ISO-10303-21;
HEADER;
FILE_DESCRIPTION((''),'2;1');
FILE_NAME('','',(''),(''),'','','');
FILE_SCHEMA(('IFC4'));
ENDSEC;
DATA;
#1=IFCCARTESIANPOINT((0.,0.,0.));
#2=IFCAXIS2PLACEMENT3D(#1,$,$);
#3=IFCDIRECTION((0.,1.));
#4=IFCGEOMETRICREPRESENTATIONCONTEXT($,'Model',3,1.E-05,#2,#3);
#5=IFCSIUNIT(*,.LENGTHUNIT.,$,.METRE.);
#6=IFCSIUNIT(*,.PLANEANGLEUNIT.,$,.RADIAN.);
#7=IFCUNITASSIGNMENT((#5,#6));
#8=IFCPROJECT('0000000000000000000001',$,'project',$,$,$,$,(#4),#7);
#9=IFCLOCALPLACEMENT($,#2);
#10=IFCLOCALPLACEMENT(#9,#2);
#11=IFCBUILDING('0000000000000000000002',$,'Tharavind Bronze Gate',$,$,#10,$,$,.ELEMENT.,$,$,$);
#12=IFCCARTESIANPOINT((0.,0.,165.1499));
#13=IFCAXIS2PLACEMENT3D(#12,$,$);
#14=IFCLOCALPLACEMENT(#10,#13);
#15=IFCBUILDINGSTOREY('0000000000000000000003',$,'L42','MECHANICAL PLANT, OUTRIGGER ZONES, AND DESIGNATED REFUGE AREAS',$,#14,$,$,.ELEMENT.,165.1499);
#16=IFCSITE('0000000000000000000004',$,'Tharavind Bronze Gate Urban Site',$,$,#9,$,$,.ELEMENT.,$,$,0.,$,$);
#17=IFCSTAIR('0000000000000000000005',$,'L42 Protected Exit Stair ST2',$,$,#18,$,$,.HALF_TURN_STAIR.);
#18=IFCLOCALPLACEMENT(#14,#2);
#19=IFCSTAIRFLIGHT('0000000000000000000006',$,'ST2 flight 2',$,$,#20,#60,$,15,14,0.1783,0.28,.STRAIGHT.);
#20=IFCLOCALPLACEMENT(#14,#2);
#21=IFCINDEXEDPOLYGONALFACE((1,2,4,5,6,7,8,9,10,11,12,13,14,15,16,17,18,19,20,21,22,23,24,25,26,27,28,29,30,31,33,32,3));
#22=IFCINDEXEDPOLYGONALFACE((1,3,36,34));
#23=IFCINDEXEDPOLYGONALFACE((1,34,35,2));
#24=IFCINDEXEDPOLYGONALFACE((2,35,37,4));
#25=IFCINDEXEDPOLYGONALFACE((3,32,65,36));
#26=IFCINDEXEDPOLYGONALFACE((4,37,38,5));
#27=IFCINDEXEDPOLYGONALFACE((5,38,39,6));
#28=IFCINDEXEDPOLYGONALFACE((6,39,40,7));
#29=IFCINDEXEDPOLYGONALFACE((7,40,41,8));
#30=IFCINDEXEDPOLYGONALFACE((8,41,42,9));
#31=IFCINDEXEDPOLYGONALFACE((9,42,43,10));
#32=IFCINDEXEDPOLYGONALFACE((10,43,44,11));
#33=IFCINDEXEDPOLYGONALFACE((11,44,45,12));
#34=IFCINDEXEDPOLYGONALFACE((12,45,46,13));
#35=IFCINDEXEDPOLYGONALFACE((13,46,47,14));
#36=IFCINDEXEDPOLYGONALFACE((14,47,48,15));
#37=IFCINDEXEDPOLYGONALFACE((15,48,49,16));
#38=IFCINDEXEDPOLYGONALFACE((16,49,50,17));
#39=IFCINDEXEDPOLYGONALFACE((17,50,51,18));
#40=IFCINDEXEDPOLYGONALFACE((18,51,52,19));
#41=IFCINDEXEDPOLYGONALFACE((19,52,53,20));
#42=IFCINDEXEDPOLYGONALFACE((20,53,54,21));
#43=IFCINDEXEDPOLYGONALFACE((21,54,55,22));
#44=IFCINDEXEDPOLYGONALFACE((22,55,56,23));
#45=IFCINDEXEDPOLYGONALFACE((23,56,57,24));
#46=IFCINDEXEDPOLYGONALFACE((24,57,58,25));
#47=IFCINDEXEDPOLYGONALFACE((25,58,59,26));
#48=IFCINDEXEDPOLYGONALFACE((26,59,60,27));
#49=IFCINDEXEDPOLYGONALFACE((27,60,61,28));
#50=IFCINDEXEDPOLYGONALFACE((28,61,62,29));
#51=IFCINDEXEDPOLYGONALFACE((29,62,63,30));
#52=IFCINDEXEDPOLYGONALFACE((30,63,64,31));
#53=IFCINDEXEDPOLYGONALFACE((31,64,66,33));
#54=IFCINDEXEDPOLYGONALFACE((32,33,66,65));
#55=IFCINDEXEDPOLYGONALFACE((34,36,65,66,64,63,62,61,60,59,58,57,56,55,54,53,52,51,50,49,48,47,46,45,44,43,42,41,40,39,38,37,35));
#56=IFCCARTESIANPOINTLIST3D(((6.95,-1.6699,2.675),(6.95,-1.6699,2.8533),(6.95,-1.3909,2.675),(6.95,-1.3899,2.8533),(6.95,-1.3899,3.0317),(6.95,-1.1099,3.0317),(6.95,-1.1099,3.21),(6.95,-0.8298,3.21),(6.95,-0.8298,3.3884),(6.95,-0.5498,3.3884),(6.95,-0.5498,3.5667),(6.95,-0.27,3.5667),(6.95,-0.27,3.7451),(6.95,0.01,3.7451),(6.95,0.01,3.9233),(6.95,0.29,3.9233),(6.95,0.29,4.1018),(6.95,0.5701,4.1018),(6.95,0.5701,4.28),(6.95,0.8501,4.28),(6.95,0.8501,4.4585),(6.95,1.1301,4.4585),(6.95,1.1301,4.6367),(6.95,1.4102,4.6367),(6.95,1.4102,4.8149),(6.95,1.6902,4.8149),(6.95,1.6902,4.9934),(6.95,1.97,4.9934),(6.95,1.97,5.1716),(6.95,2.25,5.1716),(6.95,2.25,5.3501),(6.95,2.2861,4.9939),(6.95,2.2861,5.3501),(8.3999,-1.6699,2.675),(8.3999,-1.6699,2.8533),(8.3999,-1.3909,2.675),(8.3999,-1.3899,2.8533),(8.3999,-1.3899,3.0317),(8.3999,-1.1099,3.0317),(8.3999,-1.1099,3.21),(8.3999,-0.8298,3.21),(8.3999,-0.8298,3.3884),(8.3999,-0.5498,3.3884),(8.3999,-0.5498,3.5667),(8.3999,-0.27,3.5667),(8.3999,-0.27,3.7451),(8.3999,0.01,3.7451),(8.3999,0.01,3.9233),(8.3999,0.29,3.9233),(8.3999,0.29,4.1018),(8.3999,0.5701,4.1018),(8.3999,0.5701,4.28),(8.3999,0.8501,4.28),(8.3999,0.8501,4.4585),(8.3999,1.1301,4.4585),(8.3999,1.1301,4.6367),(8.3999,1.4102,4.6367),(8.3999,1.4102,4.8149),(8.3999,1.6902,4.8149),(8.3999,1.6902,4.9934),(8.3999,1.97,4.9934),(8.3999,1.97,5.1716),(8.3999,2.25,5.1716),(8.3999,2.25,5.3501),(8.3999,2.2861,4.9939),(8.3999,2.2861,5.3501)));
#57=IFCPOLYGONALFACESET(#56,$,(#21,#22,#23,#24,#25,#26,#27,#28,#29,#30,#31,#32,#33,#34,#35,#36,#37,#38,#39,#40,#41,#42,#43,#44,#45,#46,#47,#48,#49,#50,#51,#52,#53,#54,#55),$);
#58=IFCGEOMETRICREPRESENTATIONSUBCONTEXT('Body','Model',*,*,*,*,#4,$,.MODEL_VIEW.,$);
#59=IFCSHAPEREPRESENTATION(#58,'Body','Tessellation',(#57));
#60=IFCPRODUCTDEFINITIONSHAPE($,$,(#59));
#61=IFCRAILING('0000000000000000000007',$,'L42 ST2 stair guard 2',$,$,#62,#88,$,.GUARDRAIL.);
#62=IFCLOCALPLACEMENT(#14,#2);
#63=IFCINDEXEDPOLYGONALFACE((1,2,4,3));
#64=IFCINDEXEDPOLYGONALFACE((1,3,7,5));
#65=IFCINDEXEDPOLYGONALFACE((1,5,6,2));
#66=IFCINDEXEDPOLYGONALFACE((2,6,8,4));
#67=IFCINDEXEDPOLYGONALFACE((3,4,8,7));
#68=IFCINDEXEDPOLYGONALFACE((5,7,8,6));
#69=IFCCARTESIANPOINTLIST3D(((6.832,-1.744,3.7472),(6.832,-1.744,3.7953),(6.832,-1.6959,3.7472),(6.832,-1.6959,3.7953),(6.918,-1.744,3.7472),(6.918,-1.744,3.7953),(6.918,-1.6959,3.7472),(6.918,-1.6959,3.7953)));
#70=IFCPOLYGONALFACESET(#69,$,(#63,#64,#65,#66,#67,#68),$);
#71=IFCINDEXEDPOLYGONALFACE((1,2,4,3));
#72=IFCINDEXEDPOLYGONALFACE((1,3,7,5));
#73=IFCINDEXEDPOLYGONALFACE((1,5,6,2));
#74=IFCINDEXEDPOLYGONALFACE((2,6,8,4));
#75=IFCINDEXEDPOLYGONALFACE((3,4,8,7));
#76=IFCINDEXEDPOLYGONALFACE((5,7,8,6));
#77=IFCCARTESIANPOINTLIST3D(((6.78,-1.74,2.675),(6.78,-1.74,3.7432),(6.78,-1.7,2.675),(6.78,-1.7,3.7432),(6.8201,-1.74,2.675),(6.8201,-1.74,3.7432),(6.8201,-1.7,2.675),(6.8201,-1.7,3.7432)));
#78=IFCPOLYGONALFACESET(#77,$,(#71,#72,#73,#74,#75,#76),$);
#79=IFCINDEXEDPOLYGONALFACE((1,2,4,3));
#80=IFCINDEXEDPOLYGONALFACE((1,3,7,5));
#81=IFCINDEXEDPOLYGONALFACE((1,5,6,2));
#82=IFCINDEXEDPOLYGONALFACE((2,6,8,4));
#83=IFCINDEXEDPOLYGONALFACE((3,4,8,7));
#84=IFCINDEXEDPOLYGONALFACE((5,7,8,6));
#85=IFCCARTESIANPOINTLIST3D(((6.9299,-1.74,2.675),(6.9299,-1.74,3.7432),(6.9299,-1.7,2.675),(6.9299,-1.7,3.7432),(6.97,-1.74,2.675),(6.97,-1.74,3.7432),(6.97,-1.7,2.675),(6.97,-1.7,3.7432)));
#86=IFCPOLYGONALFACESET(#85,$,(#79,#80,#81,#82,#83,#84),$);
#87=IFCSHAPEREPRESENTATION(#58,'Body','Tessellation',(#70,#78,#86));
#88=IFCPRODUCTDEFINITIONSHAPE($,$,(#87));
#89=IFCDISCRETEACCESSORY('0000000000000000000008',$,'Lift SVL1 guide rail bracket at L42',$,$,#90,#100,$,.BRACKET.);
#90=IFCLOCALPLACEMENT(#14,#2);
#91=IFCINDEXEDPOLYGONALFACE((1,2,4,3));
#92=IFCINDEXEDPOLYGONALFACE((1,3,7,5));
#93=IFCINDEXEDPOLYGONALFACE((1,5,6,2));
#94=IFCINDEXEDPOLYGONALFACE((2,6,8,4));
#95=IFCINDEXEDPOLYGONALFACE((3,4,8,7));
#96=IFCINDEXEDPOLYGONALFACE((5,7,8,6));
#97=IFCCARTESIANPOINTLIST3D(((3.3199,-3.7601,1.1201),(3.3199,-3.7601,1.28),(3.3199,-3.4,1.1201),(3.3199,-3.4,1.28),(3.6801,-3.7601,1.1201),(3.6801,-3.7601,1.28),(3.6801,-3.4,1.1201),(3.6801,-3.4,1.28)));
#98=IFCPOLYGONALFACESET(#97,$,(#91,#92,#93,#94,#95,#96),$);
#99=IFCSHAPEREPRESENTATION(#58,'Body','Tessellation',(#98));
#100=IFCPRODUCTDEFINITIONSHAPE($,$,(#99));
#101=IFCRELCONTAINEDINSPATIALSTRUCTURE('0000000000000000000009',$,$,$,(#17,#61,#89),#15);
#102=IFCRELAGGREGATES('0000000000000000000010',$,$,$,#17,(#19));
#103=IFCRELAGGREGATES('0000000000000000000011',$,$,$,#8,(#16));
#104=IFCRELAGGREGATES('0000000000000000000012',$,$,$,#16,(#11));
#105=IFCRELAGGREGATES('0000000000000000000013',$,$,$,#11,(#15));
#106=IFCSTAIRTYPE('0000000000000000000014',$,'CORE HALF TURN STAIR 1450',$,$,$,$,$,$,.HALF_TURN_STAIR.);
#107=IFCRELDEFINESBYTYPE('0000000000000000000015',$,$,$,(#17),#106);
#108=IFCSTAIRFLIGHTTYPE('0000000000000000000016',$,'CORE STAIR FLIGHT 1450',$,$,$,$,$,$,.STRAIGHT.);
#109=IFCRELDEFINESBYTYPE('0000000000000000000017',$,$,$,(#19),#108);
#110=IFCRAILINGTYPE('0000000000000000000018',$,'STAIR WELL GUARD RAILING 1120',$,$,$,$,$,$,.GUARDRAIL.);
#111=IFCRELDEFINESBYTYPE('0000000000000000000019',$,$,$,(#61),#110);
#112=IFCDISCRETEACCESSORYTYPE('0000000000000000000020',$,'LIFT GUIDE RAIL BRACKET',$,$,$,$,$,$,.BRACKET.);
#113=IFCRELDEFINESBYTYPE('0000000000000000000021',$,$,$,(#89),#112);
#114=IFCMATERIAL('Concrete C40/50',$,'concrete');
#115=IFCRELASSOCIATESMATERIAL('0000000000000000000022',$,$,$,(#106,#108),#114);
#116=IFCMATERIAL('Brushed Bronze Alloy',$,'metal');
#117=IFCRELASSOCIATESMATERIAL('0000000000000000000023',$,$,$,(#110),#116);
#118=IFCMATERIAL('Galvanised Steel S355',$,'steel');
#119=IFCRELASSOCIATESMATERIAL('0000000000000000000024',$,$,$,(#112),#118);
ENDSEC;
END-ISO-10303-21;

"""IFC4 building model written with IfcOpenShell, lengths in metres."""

from ifc_helpers import new_model, si_unit, direction, frame, origin, origin_2d, place, context, subcontext, project, spatial, polyline, rectangle, outline, extrude, material, type_object, element, aggregate, save


model = new_model("IFC4")

# Units and contexts
model_context = context("Model", 3, precision=1e-05, world=origin(), true_north=direction((0.0, 1.0)))
body_context = subcontext(model_context, "Body", "Model", "MODEL_VIEW")
ifc_project = project(units=[si_unit("LENGTHUNIT", "METRE"), si_unit("PLANEANGLEUNIT", "RADIAN")], contexts=[model_context])

# Site, building, storey
site_placement = place(None, origin())
site = spatial("IfcSite", under=ifc_project, at=site_placement, Name="Tharavind Bronze Gate Urban Site", CompositionType="ELEMENT", RefElevation=0.0)
building_placement = place(site_placement, origin())
building = spatial("IfcBuilding", under=site, at=building_placement, Name="Tharavind Bronze Gate", CompositionType="ELEMENT")
storey_placement = place(building_placement, frame((0.0, 0.0, 165.1499)))
storey = spatial("IfcBuildingStorey", under=building, at=storey_placement, Name="L42", Description="MECHANICAL PLANT, OUTRIGGER ZONES, AND DESIGNATED REFUGE AREAS", CompositionType="ELEMENT", Elevation=165.1499)

# Shared definitions
ifc_material_1 = material(Name="Concrete C40/50", Category="concrete")

# Stair, stair flight
stair_type = type_object("IfcStairType", Name="CORE HALF TURN STAIR 1450", PredefinedType="HALF_TURN_STAIR", material=ifc_material_1)
stair_placement = place(storey_placement, origin())
stair = element("IfcStair", 1, at=stair_placement, inside=storey, type_object=stair_type, Name="L42 Protected Exit Stair ST2", PredefinedType="HALF_TURN_STAIR")
stair_flight_type = type_object("IfcStairFlightType", Name="CORE STAIR FLIGHT 1450", PredefinedType="STRAIGHT", material=ifc_material_1)
stair_flight_placement = place(storey_placement, frame((7.675, -1.6699, 2.675), z_axis=(0.0, 0.0, 1.0), x_axis=(0.0, 1.0, 0.0)))
stair_flight = element("IfcStairFlight", 2, at=stair_flight_placement, type_object=stair_flight_type, Name="ST2 flight 2", NumberOfRisers=15, NumberOfTreads=14, PredefinedType="STRAIGHT", RiserHeight=0.1783, TreadLength=0.28, context=body_context, shape_type="SweptSolid", body=[
    extrude(outline(polyline([(0.0, 0.0), (0.0, 0.1782), (0.28, 0.1782), (0.28, 0.3567), (0.5601, 0.3567), (0.5601, 0.5349), (0.8401, 0.5349), (0.8401, 0.7134), (1.1201, 0.7134), (1.1201, 0.8916), (1.3999, 0.8916), (1.3999, 1.0701), (1.6799, 1.0701), (1.6799, 1.2483), (1.96, 1.2483), (1.96, 1.4268), (2.24, 1.4268), (2.24, 1.605), (2.52, 1.605), (2.52, 1.7834), (2.8, 1.7834), (2.8, 1.9617), (3.0801, 1.9617), (3.0801, 2.1399), (3.3601, 2.1399), (3.3601, 2.3184), (3.6399, 2.3184), (3.6399, 2.4966), (3.9199, 2.4966), (3.9199, 2.675), (3.9561, 2.675), (3.9561, 2.3188), (0.2791, 0.0), (0.0, 0.0)])), frame((0.0, 0.7251, 0.0), z_axis=(0.0, -1.0, 0.0), x_axis=(1.0, 0.0, 0.0)), (0.0, 0.0, 1.0), 1.45),
])
aggregate(stair, [stair_flight])

# Railing
ifc_material_2 = material(Name="Brushed Bronze Alloy", Category="metal")
railing_type = type_object("IfcRailingType", Name="STAIR WELL GUARD RAILING 1120", PredefinedType="GUARDRAIL", material=ifc_material_2)
railing_placement = place(storey_placement, frame((6.8, -1.72, 2.675)))
element("IfcRailing", 3, at=railing_placement, inside=storey, type_object=railing_type, Name="L42 ST2 stair guard 2", PredefinedType="GUARDRAIL", context=body_context, shape_type="SweptSolid", body=[
    extrude(rectangle(XDim=0.0481, YDim=0.0481, at=origin_2d()), frame((0.032, 0.0, 1.0962), z_axis=(1.0, 0.0, 0.0), x_axis=(0.0, 1.0, 0.0)), (0.0, 0.0, 1.0), 0.0859),
    extrude(rectangle(XDim=0.04, YDim=0.04, at=origin_2d()), origin(), (0.0, 0.0, 1.0), 1.0681),
    extrude(rectangle(XDim=0.04, YDim=0.04, at=origin_2d()), frame((0.1499, 0.0, 0.0)), (0.0, 0.0, 1.0), 1.0681),
])

# Discrete accessory
ifc_material_3 = material(Name="Galvanised Steel S355", Category="steel")
discrete_accessory_type = type_object("IfcDiscreteAccessoryType", Name="LIFT GUIDE RAIL BRACKET", PredefinedType="BRACKET", material=ifc_material_3)
discrete_accessory_placement = place(storey_placement, frame((3.5, -3.5801, 1.1201), z_axis=(0.0, 0.0, 1.0), x_axis=(1.0, 0.0, 0.0)))
element("IfcDiscreteAccessory", 4, at=discrete_accessory_placement, inside=storey, type_object=discrete_accessory_type, Name="Lift SVL1 guide rail bracket at L42", PredefinedType="BRACKET", context=body_context, shape_type="SweptSolid", body=[
    extrude(rectangle(XDim=0.3601, YDim=0.3601, at=origin_2d()), origin(), (0.0, 0.0, 1.0), 0.1599),
])

save(model, "model.ifc")
